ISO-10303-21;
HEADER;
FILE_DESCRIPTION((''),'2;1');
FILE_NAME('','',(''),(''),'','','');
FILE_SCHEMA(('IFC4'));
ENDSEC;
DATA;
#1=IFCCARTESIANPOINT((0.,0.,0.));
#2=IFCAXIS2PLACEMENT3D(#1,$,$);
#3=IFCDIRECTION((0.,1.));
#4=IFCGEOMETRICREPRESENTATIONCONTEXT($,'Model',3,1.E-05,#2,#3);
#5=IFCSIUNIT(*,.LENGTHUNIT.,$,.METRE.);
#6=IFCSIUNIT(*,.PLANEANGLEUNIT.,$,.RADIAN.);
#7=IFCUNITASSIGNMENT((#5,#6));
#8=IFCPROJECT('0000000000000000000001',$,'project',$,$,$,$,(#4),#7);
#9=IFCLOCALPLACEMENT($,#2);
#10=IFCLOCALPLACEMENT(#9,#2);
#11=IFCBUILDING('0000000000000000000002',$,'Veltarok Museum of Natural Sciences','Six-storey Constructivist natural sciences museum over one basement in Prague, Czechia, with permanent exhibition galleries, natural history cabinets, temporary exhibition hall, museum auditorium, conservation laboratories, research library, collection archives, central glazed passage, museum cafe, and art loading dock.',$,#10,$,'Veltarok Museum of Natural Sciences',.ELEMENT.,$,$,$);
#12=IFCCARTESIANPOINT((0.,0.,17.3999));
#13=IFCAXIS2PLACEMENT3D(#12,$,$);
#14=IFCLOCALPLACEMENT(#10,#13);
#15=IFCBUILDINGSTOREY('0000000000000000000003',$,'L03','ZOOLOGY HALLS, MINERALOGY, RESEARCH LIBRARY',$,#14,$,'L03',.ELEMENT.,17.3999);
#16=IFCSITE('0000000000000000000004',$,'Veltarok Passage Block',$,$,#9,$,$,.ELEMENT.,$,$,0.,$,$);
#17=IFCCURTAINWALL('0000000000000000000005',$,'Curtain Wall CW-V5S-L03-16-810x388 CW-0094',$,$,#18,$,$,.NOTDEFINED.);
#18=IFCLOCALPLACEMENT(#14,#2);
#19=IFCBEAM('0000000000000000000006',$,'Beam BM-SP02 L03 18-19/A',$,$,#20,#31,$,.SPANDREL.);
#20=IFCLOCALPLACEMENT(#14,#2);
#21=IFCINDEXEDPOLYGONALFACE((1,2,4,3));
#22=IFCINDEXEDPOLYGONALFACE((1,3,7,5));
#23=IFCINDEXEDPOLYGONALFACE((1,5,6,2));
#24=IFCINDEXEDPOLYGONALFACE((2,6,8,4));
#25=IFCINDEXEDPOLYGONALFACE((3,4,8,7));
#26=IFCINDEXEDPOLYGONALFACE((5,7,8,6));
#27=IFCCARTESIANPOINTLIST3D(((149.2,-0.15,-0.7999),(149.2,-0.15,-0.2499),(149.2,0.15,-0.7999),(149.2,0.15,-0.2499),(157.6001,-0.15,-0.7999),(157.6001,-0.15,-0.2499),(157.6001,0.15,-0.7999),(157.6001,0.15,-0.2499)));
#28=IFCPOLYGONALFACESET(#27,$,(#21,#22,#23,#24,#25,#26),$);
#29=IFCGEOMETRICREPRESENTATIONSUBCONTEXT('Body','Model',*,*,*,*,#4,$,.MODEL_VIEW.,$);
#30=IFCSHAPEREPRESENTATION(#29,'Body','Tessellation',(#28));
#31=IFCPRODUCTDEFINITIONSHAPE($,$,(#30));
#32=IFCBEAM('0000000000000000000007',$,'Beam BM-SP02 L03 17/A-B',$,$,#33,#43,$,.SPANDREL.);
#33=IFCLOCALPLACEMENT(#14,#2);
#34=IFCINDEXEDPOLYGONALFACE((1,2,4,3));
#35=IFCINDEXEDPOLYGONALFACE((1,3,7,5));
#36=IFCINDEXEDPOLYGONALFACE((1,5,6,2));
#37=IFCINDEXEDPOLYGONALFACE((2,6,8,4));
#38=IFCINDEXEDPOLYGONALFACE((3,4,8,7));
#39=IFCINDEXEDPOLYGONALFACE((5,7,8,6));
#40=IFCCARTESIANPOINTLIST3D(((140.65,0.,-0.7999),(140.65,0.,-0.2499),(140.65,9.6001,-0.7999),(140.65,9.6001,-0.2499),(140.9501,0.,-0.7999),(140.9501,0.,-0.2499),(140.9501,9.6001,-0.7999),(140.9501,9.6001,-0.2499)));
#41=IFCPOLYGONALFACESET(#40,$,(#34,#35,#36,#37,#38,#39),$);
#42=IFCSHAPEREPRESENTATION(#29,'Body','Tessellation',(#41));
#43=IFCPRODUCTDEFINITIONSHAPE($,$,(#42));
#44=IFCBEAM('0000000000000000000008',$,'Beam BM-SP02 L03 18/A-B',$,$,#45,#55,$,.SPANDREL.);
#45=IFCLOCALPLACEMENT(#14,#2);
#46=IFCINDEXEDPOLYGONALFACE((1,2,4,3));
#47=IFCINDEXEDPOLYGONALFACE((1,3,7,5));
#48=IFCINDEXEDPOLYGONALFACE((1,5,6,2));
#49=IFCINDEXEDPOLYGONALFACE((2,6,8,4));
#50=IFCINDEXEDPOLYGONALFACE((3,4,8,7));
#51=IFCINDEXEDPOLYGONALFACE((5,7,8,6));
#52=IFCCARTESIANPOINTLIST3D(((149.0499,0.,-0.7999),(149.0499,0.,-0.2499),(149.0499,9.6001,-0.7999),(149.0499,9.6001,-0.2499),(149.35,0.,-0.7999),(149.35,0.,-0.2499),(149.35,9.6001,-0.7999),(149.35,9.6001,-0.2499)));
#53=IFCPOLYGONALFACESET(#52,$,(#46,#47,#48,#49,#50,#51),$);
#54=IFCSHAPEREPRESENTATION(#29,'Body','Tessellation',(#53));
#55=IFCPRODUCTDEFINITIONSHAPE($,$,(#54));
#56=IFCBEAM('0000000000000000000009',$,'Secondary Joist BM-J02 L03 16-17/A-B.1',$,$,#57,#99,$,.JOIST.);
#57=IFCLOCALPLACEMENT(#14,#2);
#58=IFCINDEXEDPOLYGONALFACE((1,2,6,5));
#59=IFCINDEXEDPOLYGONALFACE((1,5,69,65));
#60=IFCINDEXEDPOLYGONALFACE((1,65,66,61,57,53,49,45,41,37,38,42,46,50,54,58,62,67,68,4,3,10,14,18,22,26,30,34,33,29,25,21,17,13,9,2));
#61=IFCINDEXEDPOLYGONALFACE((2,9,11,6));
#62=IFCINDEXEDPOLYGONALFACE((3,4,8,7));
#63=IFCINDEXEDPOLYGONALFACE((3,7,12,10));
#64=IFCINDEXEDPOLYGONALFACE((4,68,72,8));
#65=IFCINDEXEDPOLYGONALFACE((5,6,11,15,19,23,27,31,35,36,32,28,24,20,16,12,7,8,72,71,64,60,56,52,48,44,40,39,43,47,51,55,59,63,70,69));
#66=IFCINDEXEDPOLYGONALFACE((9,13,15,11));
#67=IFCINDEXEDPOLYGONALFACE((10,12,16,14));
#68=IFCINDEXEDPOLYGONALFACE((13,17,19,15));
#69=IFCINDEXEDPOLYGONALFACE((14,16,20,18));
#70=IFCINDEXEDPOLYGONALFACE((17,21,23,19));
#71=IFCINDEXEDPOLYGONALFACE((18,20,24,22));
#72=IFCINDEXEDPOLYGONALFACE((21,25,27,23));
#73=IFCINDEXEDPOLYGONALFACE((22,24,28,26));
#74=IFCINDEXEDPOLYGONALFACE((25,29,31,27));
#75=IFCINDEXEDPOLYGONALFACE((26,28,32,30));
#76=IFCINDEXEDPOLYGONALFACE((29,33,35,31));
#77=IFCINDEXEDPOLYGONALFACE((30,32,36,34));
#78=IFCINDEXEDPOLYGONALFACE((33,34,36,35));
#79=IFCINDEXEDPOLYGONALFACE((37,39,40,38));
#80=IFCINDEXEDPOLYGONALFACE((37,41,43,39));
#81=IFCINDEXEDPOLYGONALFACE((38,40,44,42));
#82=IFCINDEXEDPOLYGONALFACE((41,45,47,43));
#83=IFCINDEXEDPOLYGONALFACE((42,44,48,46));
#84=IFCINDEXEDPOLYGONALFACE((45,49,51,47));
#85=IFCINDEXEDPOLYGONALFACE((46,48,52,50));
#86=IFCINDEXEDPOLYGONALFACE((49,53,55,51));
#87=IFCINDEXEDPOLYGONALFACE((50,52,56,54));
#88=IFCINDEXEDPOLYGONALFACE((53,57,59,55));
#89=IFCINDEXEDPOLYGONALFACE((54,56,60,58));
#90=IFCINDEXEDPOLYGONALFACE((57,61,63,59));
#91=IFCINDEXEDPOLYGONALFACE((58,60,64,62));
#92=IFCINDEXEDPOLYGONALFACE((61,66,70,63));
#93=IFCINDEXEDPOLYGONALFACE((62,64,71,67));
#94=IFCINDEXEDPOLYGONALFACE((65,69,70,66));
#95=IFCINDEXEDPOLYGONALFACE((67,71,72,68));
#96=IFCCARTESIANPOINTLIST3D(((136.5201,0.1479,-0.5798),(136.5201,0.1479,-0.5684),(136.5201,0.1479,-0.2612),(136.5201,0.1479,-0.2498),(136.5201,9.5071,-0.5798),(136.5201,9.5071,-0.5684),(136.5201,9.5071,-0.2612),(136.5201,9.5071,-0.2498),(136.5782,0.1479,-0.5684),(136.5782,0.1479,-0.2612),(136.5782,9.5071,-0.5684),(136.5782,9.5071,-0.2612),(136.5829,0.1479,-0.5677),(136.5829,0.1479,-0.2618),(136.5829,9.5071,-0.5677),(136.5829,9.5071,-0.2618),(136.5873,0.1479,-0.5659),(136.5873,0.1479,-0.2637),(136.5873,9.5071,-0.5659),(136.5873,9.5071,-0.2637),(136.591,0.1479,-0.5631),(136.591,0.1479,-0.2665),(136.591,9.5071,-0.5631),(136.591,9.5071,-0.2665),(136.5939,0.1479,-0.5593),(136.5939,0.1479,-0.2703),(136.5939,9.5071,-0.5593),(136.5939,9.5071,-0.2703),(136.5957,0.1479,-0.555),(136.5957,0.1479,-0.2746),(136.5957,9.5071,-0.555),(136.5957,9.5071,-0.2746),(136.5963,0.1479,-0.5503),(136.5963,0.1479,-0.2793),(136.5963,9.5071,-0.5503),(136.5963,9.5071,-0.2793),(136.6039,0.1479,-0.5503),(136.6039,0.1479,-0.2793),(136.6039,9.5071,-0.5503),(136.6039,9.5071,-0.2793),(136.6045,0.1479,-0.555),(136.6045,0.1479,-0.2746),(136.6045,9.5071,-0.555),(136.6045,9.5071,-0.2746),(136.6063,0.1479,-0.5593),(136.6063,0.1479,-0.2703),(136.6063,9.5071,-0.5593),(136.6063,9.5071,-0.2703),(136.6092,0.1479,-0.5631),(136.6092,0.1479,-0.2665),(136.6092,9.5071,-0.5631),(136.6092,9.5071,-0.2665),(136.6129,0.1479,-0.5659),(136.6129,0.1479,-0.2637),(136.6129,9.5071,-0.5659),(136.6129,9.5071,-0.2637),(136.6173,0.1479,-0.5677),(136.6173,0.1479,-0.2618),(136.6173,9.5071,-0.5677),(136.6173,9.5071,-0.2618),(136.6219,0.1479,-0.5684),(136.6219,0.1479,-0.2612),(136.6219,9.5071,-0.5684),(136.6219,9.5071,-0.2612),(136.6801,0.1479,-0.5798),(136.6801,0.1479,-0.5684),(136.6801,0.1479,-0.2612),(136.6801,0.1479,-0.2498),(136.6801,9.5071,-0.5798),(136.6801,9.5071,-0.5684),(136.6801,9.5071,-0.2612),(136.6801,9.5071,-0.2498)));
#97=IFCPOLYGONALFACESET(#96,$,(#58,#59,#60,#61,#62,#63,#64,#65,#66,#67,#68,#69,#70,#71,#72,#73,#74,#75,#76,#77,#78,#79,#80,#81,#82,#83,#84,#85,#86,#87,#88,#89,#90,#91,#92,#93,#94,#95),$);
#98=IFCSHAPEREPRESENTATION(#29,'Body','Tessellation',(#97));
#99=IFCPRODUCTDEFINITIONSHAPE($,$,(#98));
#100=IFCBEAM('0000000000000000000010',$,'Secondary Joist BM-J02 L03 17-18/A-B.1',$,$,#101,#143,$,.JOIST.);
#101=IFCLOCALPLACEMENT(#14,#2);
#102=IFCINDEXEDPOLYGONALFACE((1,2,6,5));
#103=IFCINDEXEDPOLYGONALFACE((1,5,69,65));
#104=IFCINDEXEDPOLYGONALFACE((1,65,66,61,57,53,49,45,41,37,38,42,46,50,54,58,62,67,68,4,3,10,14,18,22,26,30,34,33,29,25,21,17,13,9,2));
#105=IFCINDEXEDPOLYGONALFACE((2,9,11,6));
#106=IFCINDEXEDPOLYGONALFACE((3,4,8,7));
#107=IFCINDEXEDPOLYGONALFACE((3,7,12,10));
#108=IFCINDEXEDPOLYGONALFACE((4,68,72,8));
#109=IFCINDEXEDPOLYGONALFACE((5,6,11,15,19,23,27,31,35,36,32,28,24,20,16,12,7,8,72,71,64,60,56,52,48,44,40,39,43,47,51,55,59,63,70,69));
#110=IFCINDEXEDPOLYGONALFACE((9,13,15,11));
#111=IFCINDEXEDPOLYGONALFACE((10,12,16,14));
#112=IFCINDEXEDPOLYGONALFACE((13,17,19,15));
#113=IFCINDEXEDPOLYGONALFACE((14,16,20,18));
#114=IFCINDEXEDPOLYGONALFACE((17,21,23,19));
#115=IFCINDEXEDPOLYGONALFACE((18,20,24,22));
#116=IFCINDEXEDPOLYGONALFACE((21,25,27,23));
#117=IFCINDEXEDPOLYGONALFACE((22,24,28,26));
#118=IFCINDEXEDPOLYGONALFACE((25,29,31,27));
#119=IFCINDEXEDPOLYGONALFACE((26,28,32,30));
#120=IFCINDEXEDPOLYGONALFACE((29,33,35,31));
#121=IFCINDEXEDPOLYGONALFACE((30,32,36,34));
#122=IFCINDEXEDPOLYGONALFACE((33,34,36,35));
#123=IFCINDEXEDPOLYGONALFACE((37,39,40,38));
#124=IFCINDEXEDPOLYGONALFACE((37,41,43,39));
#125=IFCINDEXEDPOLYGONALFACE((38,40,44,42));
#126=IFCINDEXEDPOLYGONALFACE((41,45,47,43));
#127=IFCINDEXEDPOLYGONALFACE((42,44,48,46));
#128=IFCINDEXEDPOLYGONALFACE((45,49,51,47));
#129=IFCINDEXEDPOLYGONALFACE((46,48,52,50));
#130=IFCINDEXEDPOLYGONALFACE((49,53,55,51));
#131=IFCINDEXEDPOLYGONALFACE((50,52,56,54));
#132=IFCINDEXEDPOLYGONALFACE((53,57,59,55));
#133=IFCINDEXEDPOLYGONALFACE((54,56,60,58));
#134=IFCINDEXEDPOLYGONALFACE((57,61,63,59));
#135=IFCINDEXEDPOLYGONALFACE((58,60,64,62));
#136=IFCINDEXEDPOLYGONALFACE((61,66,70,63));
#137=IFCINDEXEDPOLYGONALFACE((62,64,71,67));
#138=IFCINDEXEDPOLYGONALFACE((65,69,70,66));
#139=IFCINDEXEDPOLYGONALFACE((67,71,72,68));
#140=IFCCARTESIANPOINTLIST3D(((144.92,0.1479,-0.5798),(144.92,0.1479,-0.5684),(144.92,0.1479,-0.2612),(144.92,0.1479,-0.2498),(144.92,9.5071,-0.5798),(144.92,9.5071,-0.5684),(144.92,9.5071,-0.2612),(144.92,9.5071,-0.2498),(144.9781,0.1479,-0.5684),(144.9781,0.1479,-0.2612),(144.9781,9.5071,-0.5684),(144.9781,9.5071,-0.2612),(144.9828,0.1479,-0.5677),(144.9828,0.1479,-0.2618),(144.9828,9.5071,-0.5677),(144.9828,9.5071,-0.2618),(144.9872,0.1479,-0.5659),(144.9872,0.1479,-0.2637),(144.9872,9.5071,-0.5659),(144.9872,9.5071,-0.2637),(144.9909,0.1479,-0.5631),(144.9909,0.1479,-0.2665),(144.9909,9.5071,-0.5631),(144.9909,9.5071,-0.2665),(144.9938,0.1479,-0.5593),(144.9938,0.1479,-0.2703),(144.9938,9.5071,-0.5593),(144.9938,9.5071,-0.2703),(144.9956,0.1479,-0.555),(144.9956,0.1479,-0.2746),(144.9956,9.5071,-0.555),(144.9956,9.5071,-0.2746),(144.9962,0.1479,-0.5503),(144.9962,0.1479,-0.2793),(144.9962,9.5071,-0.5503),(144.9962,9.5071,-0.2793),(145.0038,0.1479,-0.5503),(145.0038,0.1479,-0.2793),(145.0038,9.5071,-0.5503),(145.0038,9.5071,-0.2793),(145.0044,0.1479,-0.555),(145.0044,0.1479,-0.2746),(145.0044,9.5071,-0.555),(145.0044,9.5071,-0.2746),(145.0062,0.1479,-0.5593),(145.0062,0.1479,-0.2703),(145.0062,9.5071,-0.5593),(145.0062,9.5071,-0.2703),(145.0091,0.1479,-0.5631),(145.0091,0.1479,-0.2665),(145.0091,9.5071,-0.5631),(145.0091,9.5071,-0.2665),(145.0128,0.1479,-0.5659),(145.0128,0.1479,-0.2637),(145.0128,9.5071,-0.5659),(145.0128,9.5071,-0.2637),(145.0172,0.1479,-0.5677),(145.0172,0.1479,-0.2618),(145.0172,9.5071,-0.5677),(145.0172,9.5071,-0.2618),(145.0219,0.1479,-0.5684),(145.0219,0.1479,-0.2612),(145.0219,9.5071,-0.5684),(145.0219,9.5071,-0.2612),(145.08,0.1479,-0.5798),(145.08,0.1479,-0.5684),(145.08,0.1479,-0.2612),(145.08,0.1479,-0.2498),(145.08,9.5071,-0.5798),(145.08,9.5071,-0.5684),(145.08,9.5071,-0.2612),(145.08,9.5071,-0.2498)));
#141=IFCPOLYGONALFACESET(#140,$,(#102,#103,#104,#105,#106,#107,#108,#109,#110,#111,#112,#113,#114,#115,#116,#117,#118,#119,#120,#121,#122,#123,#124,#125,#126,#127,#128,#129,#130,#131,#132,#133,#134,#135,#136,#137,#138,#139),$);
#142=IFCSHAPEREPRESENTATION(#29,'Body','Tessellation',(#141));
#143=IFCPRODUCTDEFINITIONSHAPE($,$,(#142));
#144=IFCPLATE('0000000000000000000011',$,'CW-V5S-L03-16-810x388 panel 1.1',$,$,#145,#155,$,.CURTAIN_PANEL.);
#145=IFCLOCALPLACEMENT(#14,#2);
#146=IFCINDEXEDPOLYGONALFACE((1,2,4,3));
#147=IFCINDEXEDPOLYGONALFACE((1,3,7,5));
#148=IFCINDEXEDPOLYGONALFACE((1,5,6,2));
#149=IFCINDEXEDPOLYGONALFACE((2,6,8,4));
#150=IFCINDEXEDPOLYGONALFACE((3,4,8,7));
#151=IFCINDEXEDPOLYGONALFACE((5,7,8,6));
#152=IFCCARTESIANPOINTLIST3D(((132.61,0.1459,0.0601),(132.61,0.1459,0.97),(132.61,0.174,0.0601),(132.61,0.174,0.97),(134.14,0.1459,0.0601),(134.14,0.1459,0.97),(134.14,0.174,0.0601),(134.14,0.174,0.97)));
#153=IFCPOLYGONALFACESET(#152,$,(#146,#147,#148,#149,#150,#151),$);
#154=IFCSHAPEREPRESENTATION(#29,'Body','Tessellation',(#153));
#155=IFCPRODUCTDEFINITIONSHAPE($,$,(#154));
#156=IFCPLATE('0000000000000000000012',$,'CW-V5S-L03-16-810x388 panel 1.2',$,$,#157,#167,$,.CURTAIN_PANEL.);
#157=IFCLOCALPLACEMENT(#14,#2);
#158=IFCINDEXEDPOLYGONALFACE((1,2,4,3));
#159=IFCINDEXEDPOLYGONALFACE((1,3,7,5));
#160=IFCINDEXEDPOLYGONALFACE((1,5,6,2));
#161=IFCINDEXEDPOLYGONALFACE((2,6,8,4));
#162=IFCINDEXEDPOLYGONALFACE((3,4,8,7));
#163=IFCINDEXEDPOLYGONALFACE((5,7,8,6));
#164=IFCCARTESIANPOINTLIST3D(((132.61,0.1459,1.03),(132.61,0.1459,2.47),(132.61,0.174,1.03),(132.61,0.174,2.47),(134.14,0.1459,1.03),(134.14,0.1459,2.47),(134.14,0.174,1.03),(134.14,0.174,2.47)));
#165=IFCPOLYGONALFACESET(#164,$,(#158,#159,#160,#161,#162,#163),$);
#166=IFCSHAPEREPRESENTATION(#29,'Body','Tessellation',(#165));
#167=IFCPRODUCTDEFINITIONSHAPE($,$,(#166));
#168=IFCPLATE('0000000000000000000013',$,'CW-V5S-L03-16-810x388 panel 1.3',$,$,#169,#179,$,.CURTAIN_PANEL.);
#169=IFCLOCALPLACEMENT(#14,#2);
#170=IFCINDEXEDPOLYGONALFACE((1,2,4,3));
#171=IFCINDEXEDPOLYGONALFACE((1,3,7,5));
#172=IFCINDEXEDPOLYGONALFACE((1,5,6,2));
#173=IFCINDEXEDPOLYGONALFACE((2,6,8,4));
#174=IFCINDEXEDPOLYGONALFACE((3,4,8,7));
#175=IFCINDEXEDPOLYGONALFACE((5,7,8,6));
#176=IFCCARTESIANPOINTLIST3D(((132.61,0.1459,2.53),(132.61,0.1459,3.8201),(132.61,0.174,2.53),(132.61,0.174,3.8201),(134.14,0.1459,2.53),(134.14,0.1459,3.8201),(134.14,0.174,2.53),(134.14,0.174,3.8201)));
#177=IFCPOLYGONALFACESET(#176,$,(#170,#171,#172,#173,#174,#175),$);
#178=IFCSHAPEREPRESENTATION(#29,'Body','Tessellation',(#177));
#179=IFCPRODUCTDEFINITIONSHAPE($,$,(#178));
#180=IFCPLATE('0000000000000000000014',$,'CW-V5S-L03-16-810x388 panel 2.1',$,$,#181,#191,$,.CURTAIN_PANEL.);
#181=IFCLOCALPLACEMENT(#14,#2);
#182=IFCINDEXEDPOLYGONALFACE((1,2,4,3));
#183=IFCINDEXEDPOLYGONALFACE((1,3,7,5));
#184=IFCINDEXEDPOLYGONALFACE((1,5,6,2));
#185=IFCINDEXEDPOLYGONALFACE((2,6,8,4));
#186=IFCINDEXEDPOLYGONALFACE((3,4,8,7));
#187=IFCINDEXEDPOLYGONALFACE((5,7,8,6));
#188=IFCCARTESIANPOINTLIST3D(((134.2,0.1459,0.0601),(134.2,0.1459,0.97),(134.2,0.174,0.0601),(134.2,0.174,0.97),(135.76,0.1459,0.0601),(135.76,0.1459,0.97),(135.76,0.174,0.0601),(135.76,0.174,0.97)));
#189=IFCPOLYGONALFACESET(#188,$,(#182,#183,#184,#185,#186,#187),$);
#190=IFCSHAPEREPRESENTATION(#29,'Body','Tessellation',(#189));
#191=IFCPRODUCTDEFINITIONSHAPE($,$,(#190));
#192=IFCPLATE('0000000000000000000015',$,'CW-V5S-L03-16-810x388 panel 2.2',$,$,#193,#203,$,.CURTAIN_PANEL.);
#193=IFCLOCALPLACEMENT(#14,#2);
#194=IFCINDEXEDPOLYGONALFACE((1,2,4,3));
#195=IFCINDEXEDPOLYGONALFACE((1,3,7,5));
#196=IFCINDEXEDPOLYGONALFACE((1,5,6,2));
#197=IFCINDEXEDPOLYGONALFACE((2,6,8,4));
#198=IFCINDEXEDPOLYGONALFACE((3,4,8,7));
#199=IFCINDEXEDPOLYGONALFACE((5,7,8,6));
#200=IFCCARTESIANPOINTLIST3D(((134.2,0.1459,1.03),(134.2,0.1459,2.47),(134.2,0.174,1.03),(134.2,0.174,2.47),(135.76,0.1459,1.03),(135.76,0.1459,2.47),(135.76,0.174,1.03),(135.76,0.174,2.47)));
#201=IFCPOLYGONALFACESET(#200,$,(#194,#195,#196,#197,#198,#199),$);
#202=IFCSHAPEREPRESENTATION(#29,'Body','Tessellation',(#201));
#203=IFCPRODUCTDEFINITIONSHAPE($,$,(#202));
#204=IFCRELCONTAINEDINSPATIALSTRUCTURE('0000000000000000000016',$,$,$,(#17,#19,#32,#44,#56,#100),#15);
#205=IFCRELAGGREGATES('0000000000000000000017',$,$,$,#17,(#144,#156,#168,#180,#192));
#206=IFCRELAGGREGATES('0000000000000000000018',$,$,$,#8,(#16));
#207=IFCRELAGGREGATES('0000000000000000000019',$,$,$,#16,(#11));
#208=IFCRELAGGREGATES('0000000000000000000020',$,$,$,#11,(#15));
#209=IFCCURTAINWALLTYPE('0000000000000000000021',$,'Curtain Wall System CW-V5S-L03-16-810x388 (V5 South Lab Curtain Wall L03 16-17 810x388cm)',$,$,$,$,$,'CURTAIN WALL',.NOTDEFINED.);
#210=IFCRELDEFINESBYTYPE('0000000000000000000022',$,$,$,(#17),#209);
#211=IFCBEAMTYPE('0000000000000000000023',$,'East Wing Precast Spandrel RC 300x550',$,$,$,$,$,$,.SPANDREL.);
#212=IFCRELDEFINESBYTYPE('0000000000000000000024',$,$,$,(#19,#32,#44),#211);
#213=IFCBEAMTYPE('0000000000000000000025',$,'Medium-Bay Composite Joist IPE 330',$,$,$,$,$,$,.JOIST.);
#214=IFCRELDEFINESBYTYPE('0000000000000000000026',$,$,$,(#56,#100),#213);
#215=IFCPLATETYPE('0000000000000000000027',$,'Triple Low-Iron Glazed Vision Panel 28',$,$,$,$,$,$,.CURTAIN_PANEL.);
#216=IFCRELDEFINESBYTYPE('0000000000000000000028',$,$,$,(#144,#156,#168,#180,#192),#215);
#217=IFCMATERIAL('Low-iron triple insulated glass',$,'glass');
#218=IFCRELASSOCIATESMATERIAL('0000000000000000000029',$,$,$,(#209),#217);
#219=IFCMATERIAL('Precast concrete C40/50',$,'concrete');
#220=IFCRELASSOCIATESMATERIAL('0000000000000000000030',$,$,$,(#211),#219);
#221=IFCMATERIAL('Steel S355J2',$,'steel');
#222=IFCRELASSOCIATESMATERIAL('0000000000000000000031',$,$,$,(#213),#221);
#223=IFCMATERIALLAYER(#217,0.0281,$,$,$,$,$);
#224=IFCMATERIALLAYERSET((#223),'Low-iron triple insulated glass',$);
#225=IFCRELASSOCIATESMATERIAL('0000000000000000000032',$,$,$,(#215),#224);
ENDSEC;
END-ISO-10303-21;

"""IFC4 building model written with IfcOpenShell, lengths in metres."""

from ifc_helpers import new_model, si_unit, direction, frame, origin, origin_2d, place, context, subcontext, project, spatial, rectangle, i_section, extrude, material, layer, layer_set, material_profile, profile_set, type_object, element, aggregate, save


model = new_model("IFC4")

# Units and contexts
model_context = context("Model", 3, precision=1e-05, world=origin(), true_north=direction((0.0, 1.0)))
body_context = subcontext(model_context, "Body", "Model", "MODEL_VIEW")
ifc_project = project(units=[si_unit("LENGTHUNIT", "METRE"), si_unit("PLANEANGLEUNIT", "RADIAN")], contexts=[model_context])

# Site, building, storey
site_placement = place(None, origin())
site = spatial("IfcSite", under=ifc_project, at=site_placement, Name="Veltarok Passage Block", CompositionType="ELEMENT", RefElevation=0.0)
building_placement = place(site_placement, origin())
building = spatial("IfcBuilding", under=site, at=building_placement, Name="Veltarok Museum of Natural Sciences", Description="Six-storey Constructivist natural sciences museum over one basement in Prague, Czechia, with permanent exhibition galleries, natural history cabinets, temporary exhibition hall, museum auditorium, conservation laboratories, research library, collection archives, central glazed passage, museum cafe, and art loading dock.", LongName="Veltarok Museum of Natural Sciences", CompositionType="ELEMENT")
storey_placement = place(building_placement, frame((0.0, 0.0, 17.3999)))
storey = spatial("IfcBuildingStorey", under=building, at=storey_placement, Name="L03", Description="ZOOLOGY HALLS, MINERALOGY, RESEARCH LIBRARY", LongName="L03", CompositionType="ELEMENT", Elevation=17.3999)

# Shared definitions
ifc_material_1 = material(Name="Steel S355J2", Category="steel")

# Curtain wall
ifc_material_2 = material(Name="Low-iron triple insulated glass", Category="glass")
curtain_wall_type = type_object("IfcCurtainWallType", Name="Curtain Wall System CW-V5S-L03-16-810x388 (V5 South Lab Curtain Wall L03 16-17 810x388cm)", ElementType="CURTAIN WALL", PredefinedType="NOTDEFINED", material=ifc_material_2)
curtain_wall_placement = place(storey_placement, origin())
curtain_wall = element("IfcCurtainWall", 1, at=curtain_wall_placement, inside=storey, type_object=curtain_wall_type, Name="Curtain Wall CW-V5S-L03-16-810x388 CW-0094", PredefinedType="NOTDEFINED")

# Beams
ifc_material_3 = material(Name="Precast concrete C40/50", Category="concrete")
ifc_material_profile_1 = material_profile(ifc_material_3, rectangle(XDim=0.3, YDim=0.55, at=origin_2d()), Name="RC 300x550")
ifc_profile_set_1 = profile_set([ifc_material_profile_1], Name="Precast concrete C40/50")
beam_type_1 = type_object("IfcBeamType", Name="East Wing Precast Spandrel RC 300x550", PredefinedType="SPANDREL", material=ifc_profile_set_1)
beam_1_placement = place(storey_placement, frame((149.2, 0.0, -0.5249), z_axis=(1.0, 0.0, 0.0), x_axis=(0.0, 1.0, 0.0)))
element("IfcBeam", 2, at=beam_1_placement, inside=storey, type_object=beam_type_1, Name="Beam BM-SP02 L03 18-19/A", PredefinedType="SPANDREL", context=body_context, shape_type="SweptSolid", body=[
    extrude(rectangle(XDim=0.3, YDim=0.55, at=origin_2d()), origin(), (0.0, 0.0, 1.0), 8.4001),
])
for number, where, z_axis, x_axis, name in (
    (3, (140.8, 0.0, -0.5249), (0.0, 1.0, 0.0), (-1.0, 0.0, 0.0), "Beam BM-SP02 L03 17/A-B"),
    (4, (149.2, 0.0, -0.5249), (0.0, 1.0, 0.0), (-1.0, 0.0, 0.0), "Beam BM-SP02 L03 18/A-B"),
):
    element("IfcBeam", number, at=place(storey_placement, frame(where, z_axis=z_axis, x_axis=x_axis)), inside=storey, type_object=beam_type_1, Name=name, PredefinedType="SPANDREL", context=body_context, shape_type="SweptSolid", body=[
        extrude(rectangle(XDim=0.3, YDim=0.55, at=origin_2d()), origin(), (0.0, 0.0, 1.0), 9.6001),
    ])
ifc_material_profile_2 = material_profile(ifc_material_1, i_section(OverallWidth=0.1599, OverallDepth=0.3301, WebThickness=0.0076, FlangeThickness=0.0115, FilletRadius=0.0181, at=origin_2d()), Name="IPE 330")
ifc_profile_set_2 = profile_set([ifc_material_profile_2], Name="Steel S355J2")
beam_type_2 = type_object("IfcBeamType", Name="Medium-Bay Composite Joist IPE 330", PredefinedType="JOIST", material=ifc_profile_set_2)
for number, where, z_axis, x_axis, name in (
    (5, (136.6001, 0.1479, -0.4148), (0.0, 1.0, 0.0), (-1.0, 0.0, 0.0), "Secondary Joist BM-J02 L03 16-17/A-B.1"),
    (6, (145.0, 0.1479, -0.4148), (0.0, 1.0, 0.0), (-1.0, 0.0, 0.0), "Secondary Joist BM-J02 L03 17-18/A-B.1"),
):
    element("IfcBeam", number, at=place(storey_placement, frame(where, z_axis=z_axis, x_axis=x_axis)), inside=storey, type_object=beam_type_2, Name=name, PredefinedType="JOIST", context=body_context, shape_type="SweptSolid", body=[
        extrude(i_section(OverallWidth=0.1599, OverallDepth=0.3301, WebThickness=0.0076, FlangeThickness=0.0115, FilletRadius=0.0181, at=origin_2d()), origin(), (0.0, 0.0, 1.0), 9.3591),
    ])

# Plates
ifc_layer = layer(ifc_material_2, 0.0281)
ifc_layer_set = layer_set([ifc_layer], Name="Low-iron triple insulated glass")
plate_type = type_object("IfcPlateType", Name="Triple Low-Iron Glazed Vision Panel 28", PredefinedType="CURTAIN_PANEL", material=ifc_layer_set)
plate_1_placement = place(storey_placement, frame((133.375, 0.1599, 0.0601), z_axis=(0.0, 0.0, 1.0), x_axis=(1.0, 0.0, 0.0)))
plate_1 = element("IfcPlate", 7, at=plate_1_placement, type_object=plate_type, Name="CW-V5S-L03-16-810x388 panel 1.1", PredefinedType="CURTAIN_PANEL", context=body_context, shape_type="SweptSolid", body=[
    extrude(rectangle(XDim=1.53, YDim=0.0281, at=origin_2d()), origin(), (0.0, 0.0, 1.0), 0.9099),
])
plate_2_placement = place(storey_placement, frame((133.375, 0.1599, 1.03), z_axis=(0.0, 0.0, 1.0), x_axis=(1.0, 0.0, 0.0)))
plate_2 = element("IfcPlate", 8, at=plate_2_placement, type_object=plate_type, Name="CW-V5S-L03-16-810x388 panel 1.2", PredefinedType="CURTAIN_PANEL", context=body_context, shape_type="SweptSolid", body=[
    extrude(rectangle(XDim=1.53, YDim=0.0281, at=origin_2d()), origin(), (0.0, 0.0, 1.0), 1.4399),
])
plate_3_placement = place(storey_placement, frame((133.375, 0.1599, 2.53), z_axis=(0.0, 0.0, 1.0), x_axis=(1.0, 0.0, 0.0)))
plate_3 = element("IfcPlate", 9, at=plate_3_placement, type_object=plate_type, Name="CW-V5S-L03-16-810x388 panel 1.3", PredefinedType="CURTAIN_PANEL", context=body_context, shape_type="SweptSolid", body=[
    extrude(rectangle(XDim=1.53, YDim=0.0281, at=origin_2d()), origin(), (0.0, 0.0, 1.0), 1.29),
])
plate_4_placement = place(storey_placement, frame((134.98, 0.1599, 0.0601), z_axis=(0.0, 0.0, 1.0), x_axis=(1.0, 0.0, 0.0)))
plate_4 = element("IfcPlate", 10, at=plate_4_placement, type_object=plate_type, Name="CW-V5S-L03-16-810x388 panel 2.1", PredefinedType="CURTAIN_PANEL", context=body_context, shape_type="SweptSolid", body=[
    extrude(rectangle(XDim=1.5601, YDim=0.0281, at=origin_2d()), origin(), (0.0, 0.0, 1.0), 0.9099),
])
plate_5_placement = place(storey_placement, frame((134.98, 0.1599, 1.03), z_axis=(0.0, 0.0, 1.0), x_axis=(1.0, 0.0, 0.0)))
plate_5 = element("IfcPlate", 11, at=plate_5_placement, type_object=plate_type, Name="CW-V5S-L03-16-810x388 panel 2.2", PredefinedType="CURTAIN_PANEL", context=body_context, shape_type="SweptSolid", body=[
    extrude(rectangle(XDim=1.5601, YDim=0.0281, at=origin_2d()), origin(), (0.0, 0.0, 1.0), 1.4399),
])
aggregate(curtain_wall, [plate_1, plate_2, plate_3, plate_4, plate_5])

save(model, "model.ifc")
